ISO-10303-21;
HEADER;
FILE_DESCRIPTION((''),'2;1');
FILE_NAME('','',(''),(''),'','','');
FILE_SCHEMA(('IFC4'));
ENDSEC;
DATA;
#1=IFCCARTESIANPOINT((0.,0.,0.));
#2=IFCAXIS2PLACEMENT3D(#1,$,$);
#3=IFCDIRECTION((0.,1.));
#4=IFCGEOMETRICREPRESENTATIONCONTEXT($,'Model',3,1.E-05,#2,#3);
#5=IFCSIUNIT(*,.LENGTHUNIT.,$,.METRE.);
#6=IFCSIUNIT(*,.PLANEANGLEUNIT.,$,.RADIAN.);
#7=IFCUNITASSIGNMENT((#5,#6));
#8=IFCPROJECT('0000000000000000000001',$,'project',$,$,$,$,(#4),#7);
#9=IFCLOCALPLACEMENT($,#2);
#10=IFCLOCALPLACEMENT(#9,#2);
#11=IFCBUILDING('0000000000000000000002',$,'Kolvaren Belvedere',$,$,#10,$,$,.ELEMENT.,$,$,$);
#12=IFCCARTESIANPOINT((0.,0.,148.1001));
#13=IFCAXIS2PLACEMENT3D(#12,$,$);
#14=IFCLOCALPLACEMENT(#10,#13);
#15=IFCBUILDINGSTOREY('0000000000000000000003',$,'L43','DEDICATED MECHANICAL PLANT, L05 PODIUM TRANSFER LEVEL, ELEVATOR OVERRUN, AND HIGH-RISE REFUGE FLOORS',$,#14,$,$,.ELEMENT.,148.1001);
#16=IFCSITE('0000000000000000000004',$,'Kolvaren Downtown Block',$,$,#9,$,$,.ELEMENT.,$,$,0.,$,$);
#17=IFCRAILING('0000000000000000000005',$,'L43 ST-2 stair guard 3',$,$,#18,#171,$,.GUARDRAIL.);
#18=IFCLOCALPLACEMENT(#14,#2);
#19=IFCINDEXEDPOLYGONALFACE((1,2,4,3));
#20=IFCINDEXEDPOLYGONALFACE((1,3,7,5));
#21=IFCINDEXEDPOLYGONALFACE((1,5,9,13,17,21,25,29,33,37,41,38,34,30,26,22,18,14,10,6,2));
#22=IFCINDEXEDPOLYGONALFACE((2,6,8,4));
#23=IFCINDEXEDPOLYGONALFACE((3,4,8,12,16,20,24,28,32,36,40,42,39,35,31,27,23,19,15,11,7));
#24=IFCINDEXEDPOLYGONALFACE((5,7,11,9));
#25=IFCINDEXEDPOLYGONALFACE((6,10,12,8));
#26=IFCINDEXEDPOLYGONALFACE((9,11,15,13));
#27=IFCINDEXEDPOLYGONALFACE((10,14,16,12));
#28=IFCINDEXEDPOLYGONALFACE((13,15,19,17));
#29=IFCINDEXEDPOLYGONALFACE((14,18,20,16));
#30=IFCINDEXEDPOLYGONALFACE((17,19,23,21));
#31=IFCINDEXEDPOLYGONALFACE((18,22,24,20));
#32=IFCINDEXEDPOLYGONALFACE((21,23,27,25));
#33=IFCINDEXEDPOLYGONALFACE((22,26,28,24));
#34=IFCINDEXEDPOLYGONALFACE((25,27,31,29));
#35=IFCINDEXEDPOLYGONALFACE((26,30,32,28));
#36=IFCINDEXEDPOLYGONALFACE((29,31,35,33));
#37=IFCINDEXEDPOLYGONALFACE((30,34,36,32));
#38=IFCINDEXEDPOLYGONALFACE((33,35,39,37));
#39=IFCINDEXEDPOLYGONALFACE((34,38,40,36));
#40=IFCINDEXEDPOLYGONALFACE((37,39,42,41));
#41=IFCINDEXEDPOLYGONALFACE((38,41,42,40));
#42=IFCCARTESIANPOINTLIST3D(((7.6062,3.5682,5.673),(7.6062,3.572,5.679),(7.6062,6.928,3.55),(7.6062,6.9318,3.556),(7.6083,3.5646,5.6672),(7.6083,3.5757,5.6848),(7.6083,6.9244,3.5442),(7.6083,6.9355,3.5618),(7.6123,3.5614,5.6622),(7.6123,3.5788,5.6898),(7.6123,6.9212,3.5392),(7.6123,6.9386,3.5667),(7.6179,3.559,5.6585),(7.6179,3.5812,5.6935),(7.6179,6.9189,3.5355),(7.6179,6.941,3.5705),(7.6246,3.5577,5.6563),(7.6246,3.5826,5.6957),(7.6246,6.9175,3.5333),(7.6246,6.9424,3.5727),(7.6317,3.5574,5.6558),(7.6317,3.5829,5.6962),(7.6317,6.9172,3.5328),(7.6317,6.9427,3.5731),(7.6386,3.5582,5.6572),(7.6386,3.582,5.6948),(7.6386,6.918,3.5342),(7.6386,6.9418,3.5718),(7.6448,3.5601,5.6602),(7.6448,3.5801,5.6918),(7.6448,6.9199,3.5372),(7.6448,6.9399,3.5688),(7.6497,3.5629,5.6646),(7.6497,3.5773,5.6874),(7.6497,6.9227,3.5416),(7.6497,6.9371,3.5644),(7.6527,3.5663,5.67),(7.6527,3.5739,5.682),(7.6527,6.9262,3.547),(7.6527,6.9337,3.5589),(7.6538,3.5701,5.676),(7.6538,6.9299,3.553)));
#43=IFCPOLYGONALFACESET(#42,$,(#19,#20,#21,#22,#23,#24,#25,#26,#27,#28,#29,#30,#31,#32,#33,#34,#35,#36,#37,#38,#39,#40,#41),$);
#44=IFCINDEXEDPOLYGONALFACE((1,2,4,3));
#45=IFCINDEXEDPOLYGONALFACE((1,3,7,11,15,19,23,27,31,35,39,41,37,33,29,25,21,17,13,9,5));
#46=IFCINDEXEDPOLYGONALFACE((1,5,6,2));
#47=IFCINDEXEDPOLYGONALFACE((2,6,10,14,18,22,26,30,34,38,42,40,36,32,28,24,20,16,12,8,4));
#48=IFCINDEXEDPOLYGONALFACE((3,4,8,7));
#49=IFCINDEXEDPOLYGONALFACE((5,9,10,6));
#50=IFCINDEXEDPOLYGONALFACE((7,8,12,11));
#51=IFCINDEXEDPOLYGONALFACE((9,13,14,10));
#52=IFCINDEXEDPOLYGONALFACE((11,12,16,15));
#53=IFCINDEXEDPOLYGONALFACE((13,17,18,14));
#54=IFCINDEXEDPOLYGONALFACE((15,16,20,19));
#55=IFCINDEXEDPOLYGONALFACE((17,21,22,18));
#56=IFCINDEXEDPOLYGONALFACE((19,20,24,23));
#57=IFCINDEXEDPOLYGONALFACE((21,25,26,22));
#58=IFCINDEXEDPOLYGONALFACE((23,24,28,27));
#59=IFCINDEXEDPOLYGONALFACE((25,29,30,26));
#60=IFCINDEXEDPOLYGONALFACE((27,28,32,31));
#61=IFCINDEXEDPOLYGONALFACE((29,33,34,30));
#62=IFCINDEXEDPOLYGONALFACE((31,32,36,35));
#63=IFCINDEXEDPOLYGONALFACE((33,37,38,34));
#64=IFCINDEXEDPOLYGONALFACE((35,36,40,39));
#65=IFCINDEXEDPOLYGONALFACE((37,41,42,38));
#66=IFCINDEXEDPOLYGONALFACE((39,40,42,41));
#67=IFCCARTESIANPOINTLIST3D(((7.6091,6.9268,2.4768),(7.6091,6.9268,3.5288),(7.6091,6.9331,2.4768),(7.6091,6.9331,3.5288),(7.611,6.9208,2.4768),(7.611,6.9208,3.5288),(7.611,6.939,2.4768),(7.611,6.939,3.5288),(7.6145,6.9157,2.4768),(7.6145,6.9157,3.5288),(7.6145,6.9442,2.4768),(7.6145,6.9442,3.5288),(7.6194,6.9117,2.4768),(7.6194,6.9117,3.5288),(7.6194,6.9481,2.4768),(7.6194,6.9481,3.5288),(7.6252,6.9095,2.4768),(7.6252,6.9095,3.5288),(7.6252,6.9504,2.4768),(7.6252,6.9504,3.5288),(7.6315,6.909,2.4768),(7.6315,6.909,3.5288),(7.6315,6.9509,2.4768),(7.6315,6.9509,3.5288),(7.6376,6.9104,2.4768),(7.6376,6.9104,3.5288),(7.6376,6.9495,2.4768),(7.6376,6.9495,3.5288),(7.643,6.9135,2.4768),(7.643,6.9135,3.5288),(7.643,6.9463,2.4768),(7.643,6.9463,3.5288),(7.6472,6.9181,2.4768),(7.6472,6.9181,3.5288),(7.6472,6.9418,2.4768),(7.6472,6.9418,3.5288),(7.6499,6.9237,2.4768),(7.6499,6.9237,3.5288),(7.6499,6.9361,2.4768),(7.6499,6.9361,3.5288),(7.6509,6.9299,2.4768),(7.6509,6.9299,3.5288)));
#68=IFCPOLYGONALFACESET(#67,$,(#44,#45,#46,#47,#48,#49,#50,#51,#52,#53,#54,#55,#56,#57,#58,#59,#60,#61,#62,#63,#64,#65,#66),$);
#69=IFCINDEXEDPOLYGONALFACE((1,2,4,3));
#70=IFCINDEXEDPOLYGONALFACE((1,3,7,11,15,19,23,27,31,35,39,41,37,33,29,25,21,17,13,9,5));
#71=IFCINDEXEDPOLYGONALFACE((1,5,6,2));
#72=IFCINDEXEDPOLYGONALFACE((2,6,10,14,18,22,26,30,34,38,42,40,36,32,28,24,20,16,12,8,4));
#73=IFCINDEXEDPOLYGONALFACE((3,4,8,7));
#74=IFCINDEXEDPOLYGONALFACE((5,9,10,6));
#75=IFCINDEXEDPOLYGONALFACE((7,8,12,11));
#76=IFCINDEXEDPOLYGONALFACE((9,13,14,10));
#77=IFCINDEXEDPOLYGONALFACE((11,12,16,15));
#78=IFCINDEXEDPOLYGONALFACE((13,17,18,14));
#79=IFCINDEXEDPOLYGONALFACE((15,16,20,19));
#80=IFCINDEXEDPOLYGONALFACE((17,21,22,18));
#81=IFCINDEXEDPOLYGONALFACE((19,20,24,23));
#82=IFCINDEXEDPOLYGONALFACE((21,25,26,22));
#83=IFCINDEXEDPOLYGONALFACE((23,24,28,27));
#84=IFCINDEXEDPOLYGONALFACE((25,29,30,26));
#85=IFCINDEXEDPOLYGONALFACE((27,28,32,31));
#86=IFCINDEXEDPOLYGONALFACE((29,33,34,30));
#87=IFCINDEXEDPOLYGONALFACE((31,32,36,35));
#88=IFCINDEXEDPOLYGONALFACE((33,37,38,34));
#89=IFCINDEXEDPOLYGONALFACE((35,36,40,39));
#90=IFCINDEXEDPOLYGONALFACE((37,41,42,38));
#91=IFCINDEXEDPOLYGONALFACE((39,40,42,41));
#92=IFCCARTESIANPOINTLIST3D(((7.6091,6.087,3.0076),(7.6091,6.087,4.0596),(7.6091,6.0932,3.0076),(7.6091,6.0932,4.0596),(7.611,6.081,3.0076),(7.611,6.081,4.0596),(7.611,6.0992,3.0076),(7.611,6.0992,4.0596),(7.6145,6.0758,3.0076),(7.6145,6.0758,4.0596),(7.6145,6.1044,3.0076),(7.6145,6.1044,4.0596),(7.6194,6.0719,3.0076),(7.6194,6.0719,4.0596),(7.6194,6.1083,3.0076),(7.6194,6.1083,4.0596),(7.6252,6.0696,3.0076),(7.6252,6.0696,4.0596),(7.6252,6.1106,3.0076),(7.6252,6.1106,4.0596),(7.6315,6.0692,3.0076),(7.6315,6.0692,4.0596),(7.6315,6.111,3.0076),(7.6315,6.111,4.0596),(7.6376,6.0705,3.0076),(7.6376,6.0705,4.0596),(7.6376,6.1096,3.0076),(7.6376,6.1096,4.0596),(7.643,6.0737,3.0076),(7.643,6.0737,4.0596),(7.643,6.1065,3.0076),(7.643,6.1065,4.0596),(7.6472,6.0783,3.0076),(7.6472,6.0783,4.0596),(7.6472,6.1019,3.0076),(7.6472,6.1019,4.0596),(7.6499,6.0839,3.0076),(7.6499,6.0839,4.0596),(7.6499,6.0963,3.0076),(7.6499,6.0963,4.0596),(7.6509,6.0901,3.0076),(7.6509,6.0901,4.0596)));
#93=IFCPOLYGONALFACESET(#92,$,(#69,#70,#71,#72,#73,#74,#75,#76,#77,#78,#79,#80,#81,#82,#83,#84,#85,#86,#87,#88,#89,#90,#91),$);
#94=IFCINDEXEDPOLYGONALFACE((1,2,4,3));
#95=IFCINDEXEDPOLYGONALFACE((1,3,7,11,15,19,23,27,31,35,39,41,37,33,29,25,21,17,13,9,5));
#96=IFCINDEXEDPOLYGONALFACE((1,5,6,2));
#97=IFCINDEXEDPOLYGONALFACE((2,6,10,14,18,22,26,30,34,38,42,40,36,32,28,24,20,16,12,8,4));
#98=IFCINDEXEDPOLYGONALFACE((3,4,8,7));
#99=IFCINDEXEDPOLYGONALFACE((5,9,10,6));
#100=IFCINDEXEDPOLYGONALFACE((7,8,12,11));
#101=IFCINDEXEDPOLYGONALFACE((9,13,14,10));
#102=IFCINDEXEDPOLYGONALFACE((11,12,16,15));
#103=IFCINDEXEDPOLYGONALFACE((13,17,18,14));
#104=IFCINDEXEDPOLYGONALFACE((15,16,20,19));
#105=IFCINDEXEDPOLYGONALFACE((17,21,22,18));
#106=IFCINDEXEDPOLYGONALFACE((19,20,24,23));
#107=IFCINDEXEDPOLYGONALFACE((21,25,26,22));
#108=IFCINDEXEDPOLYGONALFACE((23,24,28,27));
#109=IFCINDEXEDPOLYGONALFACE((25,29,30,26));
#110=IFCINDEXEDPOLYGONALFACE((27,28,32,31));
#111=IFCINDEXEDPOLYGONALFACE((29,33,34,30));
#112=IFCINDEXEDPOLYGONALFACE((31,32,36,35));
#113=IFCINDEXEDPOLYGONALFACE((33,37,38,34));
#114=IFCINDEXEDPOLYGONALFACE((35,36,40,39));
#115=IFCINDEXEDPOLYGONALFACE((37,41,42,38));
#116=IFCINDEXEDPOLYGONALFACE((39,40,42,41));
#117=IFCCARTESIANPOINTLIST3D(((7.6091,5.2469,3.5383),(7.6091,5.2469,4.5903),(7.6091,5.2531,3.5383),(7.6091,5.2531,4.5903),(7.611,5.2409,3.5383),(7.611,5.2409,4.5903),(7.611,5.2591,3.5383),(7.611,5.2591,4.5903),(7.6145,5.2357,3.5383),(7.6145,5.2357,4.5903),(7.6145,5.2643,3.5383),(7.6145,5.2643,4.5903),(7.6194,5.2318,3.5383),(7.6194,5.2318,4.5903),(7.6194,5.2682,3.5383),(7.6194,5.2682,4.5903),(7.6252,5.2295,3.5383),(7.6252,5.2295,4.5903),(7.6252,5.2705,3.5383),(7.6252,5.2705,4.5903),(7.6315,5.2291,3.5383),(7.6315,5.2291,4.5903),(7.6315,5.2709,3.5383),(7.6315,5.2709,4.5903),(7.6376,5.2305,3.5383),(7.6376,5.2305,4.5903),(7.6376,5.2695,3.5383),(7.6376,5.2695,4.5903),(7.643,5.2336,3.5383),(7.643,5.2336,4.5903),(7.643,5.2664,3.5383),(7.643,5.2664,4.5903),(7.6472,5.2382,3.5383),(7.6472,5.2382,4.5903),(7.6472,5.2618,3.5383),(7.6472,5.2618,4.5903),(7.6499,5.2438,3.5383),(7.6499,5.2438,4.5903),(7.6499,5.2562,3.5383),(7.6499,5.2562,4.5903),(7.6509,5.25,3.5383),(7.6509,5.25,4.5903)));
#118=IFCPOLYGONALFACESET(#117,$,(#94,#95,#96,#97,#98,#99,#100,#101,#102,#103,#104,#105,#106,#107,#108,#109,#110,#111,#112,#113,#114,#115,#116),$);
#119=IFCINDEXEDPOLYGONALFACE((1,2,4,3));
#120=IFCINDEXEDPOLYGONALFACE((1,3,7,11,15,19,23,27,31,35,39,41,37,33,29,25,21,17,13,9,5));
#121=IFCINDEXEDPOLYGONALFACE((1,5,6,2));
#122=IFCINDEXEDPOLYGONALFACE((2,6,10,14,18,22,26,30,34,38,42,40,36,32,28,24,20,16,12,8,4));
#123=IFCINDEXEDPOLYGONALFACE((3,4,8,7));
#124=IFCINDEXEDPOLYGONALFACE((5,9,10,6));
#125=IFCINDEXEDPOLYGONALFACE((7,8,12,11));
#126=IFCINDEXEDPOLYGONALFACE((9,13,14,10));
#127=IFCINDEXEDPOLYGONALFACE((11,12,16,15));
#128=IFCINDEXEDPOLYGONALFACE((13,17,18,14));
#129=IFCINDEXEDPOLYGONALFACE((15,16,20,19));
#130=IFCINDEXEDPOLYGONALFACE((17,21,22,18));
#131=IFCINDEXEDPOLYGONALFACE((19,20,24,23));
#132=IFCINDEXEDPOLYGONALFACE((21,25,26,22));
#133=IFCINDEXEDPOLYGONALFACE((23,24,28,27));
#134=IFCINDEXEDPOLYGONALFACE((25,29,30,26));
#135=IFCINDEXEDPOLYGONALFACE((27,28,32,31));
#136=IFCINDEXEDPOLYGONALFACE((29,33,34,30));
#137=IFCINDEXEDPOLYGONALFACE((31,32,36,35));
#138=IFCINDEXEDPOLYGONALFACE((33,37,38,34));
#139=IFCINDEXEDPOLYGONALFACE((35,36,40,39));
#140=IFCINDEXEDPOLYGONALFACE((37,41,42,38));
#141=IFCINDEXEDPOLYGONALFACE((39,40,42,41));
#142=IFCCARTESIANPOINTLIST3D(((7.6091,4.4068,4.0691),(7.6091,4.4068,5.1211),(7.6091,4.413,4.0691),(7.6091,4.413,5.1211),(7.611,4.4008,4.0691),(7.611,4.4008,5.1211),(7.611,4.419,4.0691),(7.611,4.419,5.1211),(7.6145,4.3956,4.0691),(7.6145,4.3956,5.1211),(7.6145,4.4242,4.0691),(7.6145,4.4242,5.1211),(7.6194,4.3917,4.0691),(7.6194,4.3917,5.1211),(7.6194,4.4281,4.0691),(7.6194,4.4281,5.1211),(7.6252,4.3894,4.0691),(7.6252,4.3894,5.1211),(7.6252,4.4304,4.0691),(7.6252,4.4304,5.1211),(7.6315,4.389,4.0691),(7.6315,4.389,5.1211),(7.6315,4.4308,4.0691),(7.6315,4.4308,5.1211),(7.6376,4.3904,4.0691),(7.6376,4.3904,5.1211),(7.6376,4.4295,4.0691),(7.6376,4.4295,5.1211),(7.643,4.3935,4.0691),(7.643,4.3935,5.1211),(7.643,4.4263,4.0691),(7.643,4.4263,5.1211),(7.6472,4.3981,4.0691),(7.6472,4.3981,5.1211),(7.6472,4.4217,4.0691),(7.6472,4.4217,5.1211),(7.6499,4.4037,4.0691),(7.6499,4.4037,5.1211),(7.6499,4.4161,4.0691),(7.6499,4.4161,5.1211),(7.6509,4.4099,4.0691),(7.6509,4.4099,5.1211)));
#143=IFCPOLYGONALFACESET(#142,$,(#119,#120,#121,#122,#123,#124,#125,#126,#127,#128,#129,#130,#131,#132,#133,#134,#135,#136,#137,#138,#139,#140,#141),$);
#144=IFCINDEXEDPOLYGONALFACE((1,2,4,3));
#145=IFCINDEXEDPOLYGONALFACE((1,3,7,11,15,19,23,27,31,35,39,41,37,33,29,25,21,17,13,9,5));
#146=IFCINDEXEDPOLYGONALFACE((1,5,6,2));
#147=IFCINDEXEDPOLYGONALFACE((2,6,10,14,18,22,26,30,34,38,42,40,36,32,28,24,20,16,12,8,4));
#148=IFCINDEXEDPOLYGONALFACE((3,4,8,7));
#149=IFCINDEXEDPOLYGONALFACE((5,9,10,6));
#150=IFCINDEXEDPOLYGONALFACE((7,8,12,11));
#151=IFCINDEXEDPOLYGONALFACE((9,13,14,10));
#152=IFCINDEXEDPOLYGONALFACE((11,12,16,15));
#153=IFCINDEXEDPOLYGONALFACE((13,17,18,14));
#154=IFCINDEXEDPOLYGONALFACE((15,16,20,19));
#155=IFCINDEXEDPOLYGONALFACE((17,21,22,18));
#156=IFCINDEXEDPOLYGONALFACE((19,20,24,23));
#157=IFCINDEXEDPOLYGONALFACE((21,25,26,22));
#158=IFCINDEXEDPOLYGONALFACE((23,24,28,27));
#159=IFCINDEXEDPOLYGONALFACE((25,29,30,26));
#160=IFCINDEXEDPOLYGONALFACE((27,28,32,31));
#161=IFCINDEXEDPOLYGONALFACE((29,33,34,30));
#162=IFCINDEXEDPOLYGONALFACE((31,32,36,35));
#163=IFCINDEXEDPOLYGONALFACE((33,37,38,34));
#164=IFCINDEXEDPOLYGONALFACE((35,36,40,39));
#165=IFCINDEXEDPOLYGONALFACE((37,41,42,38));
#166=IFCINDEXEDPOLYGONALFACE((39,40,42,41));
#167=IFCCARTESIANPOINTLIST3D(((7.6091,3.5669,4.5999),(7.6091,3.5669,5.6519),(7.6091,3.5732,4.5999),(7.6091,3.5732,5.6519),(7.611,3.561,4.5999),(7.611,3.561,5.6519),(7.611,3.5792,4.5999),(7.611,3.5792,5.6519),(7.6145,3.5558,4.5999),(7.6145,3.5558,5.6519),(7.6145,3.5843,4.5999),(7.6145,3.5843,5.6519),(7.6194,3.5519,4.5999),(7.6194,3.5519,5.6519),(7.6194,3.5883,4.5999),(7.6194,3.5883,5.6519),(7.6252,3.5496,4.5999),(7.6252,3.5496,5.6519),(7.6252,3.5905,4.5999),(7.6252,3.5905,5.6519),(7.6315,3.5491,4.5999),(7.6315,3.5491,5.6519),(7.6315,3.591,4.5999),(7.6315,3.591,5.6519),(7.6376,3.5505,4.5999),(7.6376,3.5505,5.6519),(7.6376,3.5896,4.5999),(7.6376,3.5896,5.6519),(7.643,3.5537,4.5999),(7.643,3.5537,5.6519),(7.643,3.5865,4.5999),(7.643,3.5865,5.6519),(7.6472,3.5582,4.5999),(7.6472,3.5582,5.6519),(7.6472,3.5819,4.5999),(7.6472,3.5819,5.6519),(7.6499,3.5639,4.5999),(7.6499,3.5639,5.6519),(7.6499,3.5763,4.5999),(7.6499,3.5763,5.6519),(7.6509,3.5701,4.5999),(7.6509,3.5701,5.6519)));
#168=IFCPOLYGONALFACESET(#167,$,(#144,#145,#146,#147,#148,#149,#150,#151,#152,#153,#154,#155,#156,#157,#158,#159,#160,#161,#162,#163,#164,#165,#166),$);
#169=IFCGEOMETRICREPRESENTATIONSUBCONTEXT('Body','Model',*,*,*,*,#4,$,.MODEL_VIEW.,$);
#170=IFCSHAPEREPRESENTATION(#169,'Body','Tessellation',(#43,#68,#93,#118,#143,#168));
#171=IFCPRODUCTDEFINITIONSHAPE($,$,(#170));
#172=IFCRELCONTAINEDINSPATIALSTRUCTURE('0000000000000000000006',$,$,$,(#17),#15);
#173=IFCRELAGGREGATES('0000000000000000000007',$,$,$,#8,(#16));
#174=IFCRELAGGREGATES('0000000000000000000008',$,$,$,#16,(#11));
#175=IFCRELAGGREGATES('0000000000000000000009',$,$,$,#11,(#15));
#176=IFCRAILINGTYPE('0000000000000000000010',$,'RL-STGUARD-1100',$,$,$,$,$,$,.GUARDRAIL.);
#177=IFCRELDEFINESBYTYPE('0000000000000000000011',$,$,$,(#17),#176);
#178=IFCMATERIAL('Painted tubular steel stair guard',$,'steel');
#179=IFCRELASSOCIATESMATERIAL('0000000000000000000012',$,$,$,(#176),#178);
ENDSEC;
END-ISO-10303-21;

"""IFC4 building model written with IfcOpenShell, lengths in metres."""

from ifc_helpers import new_model, si_unit, direction, frame, origin, origin_2d, place, context, subcontext, project, spatial, circle, extrude, material, type_object, element, save


model = new_model("IFC4")

# Units and contexts
model_context = context("Model", 3, precision=1e-05, world=origin(), true_north=direction((0.0, 1.0)))
body_context = subcontext(model_context, "Body", "Model", "MODEL_VIEW")
ifc_project = project(units=[si_unit("LENGTHUNIT", "METRE"), si_unit("PLANEANGLEUNIT", "RADIAN")], contexts=[model_context])

# Site, building, storey
site_placement = place(None, origin())
site = spatial("IfcSite", under=ifc_project, at=site_placement, Name="Kolvaren Downtown Block", CompositionType="ELEMENT", RefElevation=0.0)
building_placement = place(site_placement, origin())
building = spatial("IfcBuilding", under=site, at=building_placement, Name="Kolvaren Belvedere", CompositionType="ELEMENT")
storey_placement = place(building_placement, frame((0.0, 0.0, 148.1001)))
storey = spatial("IfcBuildingStorey", under=building, at=storey_placement, Name="L43", Description="DEDICATED MECHANICAL PLANT, L05 PODIUM TRANSFER LEVEL, ELEVATOR OVERRUN, AND HIGH-RISE REFUGE FLOORS", CompositionType="ELEMENT", Elevation=148.1001)

# Railing
ifc_material_1 = material(Name="Painted tubular steel stair guard", Category="steel")
railing_type_1 = type_object("IfcRailingType", Name="RL-STGUARD-1100", PredefinedType="GUARDRAIL", material=ifc_material_1)
railing_1_placement = place(storey_placement, frame((7.6299, 6.9299, 2.4768)))
element("IfcRailing", 1, at=railing_1_placement, inside=storey, type_object=railing_type_1, Name="L43 ST-2 stair guard 3", PredefinedType="GUARDRAIL", context=body_context, shape_type="SweptSolid", body=[
    extrude(circle(Radius=0.0239, at=origin_2d()), frame((0.0, 0.0, 1.0762), z_axis=(0.0, -0.845372, 0.534178), x_axis=(1.0, 0.0, 0.0)), (0.0, 0.0, 1.0), 3.9744),
    extrude(circle(Radius=0.021, at=origin_2d()), origin(), (0.0, 0.0, 1.0), 1.052),
    extrude(circle(Radius=0.021, at=origin_2d()), frame((0.0, -0.8398, 0.5308)), (0.0, 0.0, 1.0), 1.052),
    extrude(circle(Radius=0.021, at=origin_2d()), frame((0.0, -1.6799, 1.0615)), (0.0, 0.0, 1.0), 1.052),
    extrude(circle(Radius=0.021, at=origin_2d()), frame((0.0, -2.52, 1.5923)), (0.0, 0.0, 1.0), 1.052),
    extrude(circle(Radius=0.021, at=origin_2d()), frame((0.0, -3.3599, 2.123)), (0.0, 0.0, 1.0), 1.052),
])

save(model, "model.ifc")
